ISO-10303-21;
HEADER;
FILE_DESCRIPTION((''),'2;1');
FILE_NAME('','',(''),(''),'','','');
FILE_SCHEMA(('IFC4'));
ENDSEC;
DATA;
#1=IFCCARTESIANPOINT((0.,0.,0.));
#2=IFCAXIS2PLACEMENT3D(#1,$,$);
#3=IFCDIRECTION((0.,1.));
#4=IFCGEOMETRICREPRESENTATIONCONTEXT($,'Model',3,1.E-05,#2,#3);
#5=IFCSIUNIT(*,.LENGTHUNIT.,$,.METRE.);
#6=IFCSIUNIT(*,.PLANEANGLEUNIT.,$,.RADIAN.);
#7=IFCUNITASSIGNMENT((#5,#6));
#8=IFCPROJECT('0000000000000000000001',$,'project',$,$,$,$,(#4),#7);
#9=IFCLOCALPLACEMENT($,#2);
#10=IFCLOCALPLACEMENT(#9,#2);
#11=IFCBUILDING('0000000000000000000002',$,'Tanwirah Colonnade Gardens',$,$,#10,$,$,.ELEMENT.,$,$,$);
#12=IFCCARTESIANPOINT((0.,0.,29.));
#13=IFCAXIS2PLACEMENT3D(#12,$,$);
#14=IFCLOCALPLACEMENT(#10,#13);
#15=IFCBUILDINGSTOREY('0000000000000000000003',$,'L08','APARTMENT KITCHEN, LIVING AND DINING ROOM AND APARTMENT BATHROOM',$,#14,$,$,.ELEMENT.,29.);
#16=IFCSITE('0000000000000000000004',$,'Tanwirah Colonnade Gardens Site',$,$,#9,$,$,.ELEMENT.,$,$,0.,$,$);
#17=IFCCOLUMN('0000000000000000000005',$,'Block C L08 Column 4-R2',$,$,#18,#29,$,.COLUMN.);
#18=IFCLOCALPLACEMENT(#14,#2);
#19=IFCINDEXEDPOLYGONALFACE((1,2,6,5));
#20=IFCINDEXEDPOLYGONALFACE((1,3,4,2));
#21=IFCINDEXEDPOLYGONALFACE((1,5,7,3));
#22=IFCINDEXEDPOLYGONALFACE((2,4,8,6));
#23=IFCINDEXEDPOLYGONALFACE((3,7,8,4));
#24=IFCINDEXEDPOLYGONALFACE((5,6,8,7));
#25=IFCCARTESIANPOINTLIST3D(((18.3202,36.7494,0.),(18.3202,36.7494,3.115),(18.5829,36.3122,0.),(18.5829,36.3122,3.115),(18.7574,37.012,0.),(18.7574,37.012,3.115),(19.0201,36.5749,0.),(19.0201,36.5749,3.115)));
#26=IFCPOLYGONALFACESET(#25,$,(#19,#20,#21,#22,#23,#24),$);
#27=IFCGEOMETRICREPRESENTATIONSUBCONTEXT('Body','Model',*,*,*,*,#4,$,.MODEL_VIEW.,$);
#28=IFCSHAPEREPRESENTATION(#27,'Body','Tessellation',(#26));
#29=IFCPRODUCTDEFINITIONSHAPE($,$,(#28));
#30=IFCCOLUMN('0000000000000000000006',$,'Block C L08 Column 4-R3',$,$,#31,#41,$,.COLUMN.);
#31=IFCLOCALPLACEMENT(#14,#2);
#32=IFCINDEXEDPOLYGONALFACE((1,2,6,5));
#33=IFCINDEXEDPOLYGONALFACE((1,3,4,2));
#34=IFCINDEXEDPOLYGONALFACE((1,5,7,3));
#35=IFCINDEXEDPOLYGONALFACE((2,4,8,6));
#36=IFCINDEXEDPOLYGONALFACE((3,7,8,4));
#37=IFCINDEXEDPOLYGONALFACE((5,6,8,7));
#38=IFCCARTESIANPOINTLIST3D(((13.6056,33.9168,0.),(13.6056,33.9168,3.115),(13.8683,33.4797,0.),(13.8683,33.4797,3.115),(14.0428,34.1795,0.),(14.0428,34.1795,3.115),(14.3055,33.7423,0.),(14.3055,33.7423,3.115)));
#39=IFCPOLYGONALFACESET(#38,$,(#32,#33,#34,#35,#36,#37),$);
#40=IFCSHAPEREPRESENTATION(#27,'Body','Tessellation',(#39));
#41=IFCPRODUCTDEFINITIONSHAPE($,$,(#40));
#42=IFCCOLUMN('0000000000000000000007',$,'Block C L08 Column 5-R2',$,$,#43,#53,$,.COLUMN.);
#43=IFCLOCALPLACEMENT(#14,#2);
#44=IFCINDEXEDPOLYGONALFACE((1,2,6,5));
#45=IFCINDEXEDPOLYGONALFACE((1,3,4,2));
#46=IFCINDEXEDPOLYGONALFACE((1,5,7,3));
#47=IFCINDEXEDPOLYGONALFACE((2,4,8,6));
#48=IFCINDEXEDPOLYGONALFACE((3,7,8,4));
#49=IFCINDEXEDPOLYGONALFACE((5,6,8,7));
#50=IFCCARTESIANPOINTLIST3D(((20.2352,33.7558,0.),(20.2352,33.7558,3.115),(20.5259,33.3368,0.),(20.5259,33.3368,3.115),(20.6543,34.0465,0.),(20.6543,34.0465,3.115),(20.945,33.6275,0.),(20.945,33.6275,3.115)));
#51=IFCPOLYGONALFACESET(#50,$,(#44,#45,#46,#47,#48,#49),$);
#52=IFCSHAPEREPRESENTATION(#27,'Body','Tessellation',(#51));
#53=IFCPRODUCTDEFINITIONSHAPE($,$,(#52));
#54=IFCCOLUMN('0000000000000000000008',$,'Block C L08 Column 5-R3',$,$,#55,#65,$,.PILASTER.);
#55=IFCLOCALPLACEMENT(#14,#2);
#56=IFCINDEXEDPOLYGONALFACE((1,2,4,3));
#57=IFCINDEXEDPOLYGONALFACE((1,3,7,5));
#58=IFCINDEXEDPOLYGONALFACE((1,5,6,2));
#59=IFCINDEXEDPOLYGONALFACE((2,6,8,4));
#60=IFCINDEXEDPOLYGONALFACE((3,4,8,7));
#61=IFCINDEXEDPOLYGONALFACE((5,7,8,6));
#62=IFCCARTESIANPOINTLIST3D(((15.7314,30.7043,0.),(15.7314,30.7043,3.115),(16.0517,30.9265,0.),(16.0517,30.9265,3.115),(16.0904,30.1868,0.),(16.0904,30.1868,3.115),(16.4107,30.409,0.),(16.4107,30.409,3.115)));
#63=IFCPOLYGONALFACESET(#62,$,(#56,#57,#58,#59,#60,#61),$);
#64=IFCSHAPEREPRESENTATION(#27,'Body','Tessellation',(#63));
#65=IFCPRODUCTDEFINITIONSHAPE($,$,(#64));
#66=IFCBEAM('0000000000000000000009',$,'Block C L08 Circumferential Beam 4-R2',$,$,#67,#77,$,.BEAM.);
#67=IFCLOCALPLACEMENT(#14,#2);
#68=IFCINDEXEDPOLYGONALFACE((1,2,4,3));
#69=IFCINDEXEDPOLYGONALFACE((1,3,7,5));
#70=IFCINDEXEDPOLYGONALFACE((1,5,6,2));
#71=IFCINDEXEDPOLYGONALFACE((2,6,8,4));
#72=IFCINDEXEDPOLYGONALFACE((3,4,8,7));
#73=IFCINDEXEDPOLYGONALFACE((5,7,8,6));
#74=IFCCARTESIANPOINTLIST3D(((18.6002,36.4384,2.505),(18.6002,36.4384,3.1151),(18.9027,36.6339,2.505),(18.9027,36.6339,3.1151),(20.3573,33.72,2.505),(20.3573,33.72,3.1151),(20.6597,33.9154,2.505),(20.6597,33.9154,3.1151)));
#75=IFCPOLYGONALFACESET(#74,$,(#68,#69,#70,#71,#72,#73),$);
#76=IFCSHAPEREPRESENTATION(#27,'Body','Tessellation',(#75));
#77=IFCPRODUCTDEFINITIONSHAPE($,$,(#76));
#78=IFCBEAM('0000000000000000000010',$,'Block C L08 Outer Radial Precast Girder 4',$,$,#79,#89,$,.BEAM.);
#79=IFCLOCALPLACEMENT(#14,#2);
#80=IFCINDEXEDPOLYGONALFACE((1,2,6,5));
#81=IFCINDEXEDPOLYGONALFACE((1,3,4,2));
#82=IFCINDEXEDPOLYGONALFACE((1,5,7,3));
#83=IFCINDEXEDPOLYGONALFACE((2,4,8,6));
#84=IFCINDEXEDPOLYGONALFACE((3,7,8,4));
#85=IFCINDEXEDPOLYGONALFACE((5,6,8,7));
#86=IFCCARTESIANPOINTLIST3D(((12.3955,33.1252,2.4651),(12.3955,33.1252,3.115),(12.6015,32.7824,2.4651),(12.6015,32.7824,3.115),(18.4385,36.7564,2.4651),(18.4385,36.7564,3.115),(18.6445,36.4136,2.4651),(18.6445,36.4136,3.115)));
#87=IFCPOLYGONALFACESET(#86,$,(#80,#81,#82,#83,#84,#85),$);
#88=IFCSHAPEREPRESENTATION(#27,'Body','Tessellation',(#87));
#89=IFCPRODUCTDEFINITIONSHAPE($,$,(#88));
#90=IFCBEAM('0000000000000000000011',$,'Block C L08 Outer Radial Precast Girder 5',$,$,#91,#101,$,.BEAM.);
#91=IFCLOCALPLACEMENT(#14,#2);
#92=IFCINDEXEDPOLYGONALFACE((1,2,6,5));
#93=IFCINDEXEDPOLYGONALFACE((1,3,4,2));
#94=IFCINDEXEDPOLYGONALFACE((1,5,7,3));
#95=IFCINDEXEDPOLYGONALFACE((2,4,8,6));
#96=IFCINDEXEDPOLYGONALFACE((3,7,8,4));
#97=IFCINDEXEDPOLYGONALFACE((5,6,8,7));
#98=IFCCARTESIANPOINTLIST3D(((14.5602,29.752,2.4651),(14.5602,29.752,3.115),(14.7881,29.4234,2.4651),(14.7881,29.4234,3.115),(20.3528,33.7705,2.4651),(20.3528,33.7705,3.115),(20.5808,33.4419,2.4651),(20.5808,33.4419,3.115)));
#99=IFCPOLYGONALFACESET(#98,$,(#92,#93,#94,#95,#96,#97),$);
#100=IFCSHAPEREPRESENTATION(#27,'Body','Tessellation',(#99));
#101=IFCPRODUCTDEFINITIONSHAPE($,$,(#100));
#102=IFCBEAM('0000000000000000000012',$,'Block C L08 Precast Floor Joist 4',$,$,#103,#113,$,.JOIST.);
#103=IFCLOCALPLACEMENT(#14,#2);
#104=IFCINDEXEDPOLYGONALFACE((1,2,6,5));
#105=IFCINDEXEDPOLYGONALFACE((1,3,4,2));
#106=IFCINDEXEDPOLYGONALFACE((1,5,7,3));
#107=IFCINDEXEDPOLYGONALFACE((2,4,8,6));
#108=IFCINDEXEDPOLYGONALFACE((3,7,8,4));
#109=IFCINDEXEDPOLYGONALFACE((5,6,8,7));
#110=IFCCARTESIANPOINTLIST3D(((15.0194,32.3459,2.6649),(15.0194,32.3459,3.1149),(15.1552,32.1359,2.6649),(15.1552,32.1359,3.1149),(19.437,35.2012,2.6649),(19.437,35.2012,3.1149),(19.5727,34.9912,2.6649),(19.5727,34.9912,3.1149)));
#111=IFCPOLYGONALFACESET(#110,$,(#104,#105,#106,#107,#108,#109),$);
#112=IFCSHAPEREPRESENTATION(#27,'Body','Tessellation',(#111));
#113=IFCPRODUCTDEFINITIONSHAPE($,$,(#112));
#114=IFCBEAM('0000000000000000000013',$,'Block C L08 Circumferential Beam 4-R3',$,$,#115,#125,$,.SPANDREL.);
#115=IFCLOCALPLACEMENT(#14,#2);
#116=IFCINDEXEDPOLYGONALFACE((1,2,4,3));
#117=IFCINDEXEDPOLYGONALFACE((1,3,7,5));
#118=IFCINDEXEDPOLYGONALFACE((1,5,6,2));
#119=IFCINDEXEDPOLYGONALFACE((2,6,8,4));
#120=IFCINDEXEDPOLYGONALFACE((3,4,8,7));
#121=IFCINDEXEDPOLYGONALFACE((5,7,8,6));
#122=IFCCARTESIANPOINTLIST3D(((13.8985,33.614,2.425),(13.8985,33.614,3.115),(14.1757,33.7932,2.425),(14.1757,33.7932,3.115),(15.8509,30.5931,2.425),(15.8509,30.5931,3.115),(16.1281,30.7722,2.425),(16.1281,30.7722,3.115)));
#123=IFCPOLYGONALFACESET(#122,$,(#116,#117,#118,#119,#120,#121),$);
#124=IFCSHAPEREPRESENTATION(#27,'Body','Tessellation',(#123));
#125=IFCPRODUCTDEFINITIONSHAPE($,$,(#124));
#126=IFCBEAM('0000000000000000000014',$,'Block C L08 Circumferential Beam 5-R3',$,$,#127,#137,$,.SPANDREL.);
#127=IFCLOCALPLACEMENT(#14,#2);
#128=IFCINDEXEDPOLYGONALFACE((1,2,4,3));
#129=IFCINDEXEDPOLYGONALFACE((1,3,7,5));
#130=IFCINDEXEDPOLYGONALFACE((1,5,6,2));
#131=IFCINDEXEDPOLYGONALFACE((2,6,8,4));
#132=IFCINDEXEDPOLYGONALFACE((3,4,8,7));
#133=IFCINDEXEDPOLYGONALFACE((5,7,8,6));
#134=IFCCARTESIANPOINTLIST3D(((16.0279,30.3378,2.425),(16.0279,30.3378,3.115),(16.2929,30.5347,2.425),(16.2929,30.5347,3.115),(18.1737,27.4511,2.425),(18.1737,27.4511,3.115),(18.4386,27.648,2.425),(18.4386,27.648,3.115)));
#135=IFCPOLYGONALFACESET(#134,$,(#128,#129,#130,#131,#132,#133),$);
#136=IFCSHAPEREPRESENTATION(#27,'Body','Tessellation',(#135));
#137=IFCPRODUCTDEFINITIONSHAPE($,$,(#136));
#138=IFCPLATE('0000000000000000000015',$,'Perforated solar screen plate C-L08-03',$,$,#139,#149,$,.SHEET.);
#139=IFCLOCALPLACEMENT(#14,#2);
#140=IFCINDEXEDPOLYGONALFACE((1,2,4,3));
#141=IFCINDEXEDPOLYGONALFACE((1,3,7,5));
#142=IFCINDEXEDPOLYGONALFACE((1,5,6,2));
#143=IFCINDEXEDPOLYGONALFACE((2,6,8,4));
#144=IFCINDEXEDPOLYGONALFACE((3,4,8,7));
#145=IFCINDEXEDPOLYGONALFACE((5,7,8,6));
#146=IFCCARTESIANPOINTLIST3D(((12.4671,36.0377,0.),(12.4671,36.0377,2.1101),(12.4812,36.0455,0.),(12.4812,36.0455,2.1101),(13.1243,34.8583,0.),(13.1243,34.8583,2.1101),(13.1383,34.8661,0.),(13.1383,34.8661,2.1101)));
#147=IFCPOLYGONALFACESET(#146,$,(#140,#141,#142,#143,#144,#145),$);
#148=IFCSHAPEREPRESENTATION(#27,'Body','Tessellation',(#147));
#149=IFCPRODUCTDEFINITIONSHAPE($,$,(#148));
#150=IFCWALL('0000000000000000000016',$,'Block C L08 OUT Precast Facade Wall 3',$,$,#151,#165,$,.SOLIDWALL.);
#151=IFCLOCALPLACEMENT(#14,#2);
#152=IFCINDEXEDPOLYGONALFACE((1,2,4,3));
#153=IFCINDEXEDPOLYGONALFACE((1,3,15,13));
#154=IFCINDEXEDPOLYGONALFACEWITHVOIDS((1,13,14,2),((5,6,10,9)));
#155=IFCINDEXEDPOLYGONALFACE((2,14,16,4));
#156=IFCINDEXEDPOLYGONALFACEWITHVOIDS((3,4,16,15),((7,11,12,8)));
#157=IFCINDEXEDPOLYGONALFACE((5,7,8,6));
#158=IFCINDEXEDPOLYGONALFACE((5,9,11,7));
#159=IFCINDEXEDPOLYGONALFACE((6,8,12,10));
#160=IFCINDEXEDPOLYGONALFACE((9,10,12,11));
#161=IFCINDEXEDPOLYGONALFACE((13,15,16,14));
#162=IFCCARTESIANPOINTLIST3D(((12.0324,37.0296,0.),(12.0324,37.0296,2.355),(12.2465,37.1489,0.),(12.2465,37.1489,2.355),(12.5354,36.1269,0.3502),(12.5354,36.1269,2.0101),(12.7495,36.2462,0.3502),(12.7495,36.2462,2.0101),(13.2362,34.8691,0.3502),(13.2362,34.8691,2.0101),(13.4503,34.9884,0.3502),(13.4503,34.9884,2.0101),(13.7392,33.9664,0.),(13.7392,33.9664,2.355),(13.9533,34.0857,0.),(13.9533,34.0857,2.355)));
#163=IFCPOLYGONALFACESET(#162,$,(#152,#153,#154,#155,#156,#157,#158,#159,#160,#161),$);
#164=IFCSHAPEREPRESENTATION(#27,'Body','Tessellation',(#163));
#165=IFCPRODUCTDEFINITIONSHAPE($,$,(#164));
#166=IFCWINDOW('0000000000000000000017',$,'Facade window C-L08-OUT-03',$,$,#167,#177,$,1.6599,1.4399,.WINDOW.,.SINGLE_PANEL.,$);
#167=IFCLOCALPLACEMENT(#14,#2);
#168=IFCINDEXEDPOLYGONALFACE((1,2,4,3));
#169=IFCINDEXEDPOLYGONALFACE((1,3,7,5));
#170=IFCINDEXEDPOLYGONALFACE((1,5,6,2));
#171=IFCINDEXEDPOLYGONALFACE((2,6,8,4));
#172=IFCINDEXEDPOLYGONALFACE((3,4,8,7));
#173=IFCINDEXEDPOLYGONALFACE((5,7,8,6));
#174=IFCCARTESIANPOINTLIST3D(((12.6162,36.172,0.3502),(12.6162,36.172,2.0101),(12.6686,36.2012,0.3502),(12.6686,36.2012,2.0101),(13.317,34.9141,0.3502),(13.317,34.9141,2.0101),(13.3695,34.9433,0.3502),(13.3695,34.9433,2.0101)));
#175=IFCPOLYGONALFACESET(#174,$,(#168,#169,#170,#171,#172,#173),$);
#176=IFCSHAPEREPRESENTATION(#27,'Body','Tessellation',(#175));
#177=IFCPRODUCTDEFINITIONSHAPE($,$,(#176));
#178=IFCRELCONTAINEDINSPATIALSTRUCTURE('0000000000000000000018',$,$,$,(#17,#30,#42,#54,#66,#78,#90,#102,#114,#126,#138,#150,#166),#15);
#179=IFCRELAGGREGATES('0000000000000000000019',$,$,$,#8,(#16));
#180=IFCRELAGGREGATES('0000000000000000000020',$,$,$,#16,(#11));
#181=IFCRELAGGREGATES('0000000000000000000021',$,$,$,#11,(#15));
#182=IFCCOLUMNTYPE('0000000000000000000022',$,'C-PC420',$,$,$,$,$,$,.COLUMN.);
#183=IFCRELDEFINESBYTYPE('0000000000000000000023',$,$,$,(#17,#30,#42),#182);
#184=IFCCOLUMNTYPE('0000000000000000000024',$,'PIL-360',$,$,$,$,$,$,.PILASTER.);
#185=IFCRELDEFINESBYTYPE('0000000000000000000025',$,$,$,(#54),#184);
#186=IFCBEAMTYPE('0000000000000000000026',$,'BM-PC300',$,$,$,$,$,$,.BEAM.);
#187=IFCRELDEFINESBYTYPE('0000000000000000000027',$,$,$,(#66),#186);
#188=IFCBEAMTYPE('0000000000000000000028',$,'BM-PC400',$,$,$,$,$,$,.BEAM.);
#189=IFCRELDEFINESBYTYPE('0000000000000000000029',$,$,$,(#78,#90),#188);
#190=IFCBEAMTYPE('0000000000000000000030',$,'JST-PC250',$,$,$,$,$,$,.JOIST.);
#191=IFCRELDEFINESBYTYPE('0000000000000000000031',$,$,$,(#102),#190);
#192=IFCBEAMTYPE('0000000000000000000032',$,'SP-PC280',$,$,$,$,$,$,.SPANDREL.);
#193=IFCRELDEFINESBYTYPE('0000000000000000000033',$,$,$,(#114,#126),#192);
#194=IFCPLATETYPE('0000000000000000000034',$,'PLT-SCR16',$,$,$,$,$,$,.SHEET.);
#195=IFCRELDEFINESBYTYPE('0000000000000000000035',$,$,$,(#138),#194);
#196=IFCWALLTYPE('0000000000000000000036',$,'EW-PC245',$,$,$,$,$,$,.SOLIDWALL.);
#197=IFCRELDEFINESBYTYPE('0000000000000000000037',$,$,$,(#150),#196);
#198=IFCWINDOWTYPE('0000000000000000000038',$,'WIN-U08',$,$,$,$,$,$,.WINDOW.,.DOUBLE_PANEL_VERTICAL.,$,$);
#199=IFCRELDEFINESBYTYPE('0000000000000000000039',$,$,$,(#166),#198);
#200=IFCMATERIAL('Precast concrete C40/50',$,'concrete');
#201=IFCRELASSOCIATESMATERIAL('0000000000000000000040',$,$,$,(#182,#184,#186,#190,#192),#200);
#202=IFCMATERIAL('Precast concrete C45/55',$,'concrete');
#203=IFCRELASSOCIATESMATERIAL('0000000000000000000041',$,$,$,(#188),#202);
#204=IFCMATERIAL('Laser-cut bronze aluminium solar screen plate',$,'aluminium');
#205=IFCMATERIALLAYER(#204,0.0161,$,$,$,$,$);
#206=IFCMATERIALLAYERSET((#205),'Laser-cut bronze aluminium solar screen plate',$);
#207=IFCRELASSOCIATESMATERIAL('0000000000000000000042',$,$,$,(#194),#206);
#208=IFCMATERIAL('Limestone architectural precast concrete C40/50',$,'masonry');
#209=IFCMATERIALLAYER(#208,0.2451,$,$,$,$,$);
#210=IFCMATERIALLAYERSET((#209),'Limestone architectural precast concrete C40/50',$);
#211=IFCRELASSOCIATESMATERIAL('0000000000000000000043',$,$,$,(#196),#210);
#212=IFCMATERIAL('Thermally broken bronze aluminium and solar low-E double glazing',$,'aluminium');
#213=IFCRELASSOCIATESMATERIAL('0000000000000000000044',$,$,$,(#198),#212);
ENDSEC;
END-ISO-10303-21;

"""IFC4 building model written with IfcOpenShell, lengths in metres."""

from ifc_helpers import new_model, si_unit, direction, frame, frame_2d, origin, origin_2d, place, context, subcontext, project, spatial, rectangle, extrude, material, layer, layer_set, material_profile, profile_set, type_object, element, fill, save


model = new_model("IFC4")

# Units and contexts
model_context = context("Model", 3, precision=1e-05, world=origin(), true_north=direction((0.0, 1.0)))
body_context = subcontext(model_context, "Body", "Model", "MODEL_VIEW")
ifc_project = project(units=[si_unit("LENGTHUNIT", "METRE"), si_unit("PLANEANGLEUNIT", "RADIAN")], contexts=[model_context])

# Site, building, storey
site_placement = place(None, origin())
site = spatial("IfcSite", under=ifc_project, at=site_placement, Name="Tanwirah Colonnade Gardens Site", CompositionType="ELEMENT", RefElevation=0.0)
building_placement = place(site_placement, origin())
building = spatial("IfcBuilding", under=site, at=building_placement, Name="Tanwirah Colonnade Gardens", CompositionType="ELEMENT")
storey_placement = place(building_placement, frame((0.0, 0.0, 29.0)))
storey = spatial("IfcBuildingStorey", under=building, at=storey_placement, Name="L08", Description="APARTMENT KITCHEN, LIVING AND DINING ROOM AND APARTMENT BATHROOM", CompositionType="ELEMENT", Elevation=29.0)

# Columns
ifc_material_1 = material(Name="Precast concrete C40/50", Category="concrete")
ifc_material_profile_1 = material_profile(ifc_material_1, rectangle(XDim=0.51, YDim=0.51, at=origin_2d()), Name="PC-COL 510x510")
ifc_profile_set_1 = profile_set([ifc_material_profile_1], Name="Precast concrete C40/50")
column_type_1 = type_object("IfcColumnType", Name="C-PC420", PredefinedType="COLUMN", material=ifc_profile_set_1)
for number, where, z_axis, x_axis, name in (
    (1, (18.6702, 36.6621, 0.0), (0.0, 0.0, 1.0), (-0.857167, -0.515038, 0.0), "Block C L08 Column 4-R2"),
    (2, (13.9556, 33.8296, 0.0), (0.0, 0.0, 1.0), (-0.857167, -0.515038, 0.0), "Block C L08 Column 4-R3"),
    (3, (20.5901, 33.6917, 0.0), (0.0, 0.0, 1.0), (-0.821647, -0.569997, 0.0), "Block C L08 Column 5-R2"),
):
    element("IfcColumn", number, at=place(storey_placement, frame(where, z_axis=z_axis, x_axis=x_axis)), inside=storey, type_object=column_type_1, Name=name, PredefinedType="COLUMN", context=body_context, shape_type="SweptSolid", body=[
        extrude(rectangle(XDim=0.51, YDim=0.51, at=origin_2d()), origin(), (0.0, 0.0, 1.0), 3.115),
    ])
ifc_material_profile_2 = material_profile(ifc_material_1, rectangle(XDim=0.3899, YDim=0.6299, at=origin_2d()), Name="PC-PIL 390x630")
ifc_profile_set_2 = profile_set([ifc_material_profile_2], Name="Precast concrete C40/50")
column_type_2 = type_object("IfcColumnType", Name="PIL-360", PredefinedType="PILASTER", material=ifc_profile_set_2)
column_placement = place(storey_placement, frame((16.071, 30.5566, 0.0), z_axis=(0.0, 0.0, 1.0), x_axis=(-0.821647, -0.569997, 0.0)))
element("IfcColumn", 4, at=column_placement, inside=storey, type_object=column_type_2, Name="Block C L08 Column 5-R3", PredefinedType="PILASTER", context=body_context, shape_type="SweptSolid", body=[
    extrude(rectangle(XDim=0.3899, YDim=0.6299, at=origin_2d()), origin(), (0.0, 0.0, 1.0), 3.115),
])

# Beams
ifc_material_profile_3 = material_profile(ifc_material_1, rectangle(XDim=0.3601, YDim=0.6101, at=origin_2d()), Name="PC-BM 360x610")
ifc_profile_set_3 = profile_set([ifc_material_profile_3], Name="Precast concrete C40/50")
beam_type_1 = type_object("IfcBeamType", Name="BM-PC300", PredefinedType="BEAM", material=ifc_profile_set_3)
beam_1_placement = place(storey_placement, frame((18.7515, 36.5361, 2.8101), z_axis=(0.542826, -0.839845, 0.0), x_axis=(0.839845, 0.542826, 0.0)))
element("IfcBeam", 5, at=beam_1_placement, inside=storey, type_object=beam_type_1, Name="Block C L08 Circumferential Beam 4-R2", PredefinedType="BEAM", context=body_context, shape_type="SweptSolid", body=[
    extrude(rectangle(XDim=0.3601, YDim=0.6101, at=origin_2d()), origin(), (0.0, 0.0, 1.0), 3.2368),
])
ifc_material_2 = material(Name="Precast concrete C45/55", Category="concrete")
ifc_material_profile_4 = material_profile(ifc_material_2, rectangle(XDim=0.3999, YDim=0.6499, at=origin_2d()), Name="PC-BM 400x650")
ifc_profile_set_4 = profile_set([ifc_material_profile_4], Name="Precast concrete C45/55")
beam_type_2 = type_object("IfcBeamType", Name="BM-PC400", PredefinedType="BEAM", material=ifc_profile_set_4)
for number, where, z_axis, x_axis, name in (
    (6, (18.5415, 36.585, 2.79), (-0.85716, -0.515051, 0.0), (0.515051, -0.85716, 0.0), "Block C L08 Outer Radial Precast Girder 4"),
    (7, (20.4668, 33.6062, 2.79), (-0.821647, -0.569997, 0.0), (0.569997, -0.821647, 0.0), "Block C L08 Outer Radial Precast Girder 5"),
):
    element("IfcBeam", number, at=place(storey_placement, frame(where, z_axis=z_axis, x_axis=x_axis)), inside=storey, type_object=beam_type_2, Name=name, PredefinedType="BEAM", context=body_context, shape_type="SweptSolid", body=[
        extrude(rectangle(XDim=0.3999, YDim=0.6499, at=origin_2d()), origin(), (0.0, 0.0, 1.0), 7.05),
    ])
ifc_material_profile_5 = material_profile(ifc_material_1, rectangle(XDim=0.25, YDim=0.45, at=origin_2d()), Name="PC-JST 250x450")
ifc_profile_set_5 = profile_set([ifc_material_profile_5], Name="Precast concrete C40/50")
beam_type_3 = type_object("IfcBeamType", Name="JST-PC250", PredefinedType="JOIST", material=ifc_profile_set_5)
beam_2_placement = place(storey_placement, frame((19.5049, 35.0962, 2.8899), z_axis=(-0.839843, -0.54283, 0.0), x_axis=(0.54283, -0.839843, 0.0)))
element("IfcBeam", 8, at=beam_2_placement, inside=storey, type_object=beam_type_3, Name="Block C L08 Precast Floor Joist 4", PredefinedType="JOIST", context=body_context, shape_type="SweptSolid", body=[
    extrude(rectangle(XDim=0.25, YDim=0.45, at=origin_2d()), origin(), (0.0, 0.0, 1.0), 5.26),
])
ifc_material_profile_6 = material_profile(ifc_material_1, rectangle(XDim=0.3301, YDim=0.6899, at=origin_2d()), Name="PC-SP 330x690")
ifc_profile_set_6 = profile_set([ifc_material_profile_6], Name="Precast concrete C40/50")
beam_type_4 = type_object("IfcBeamType", Name="SP-PC280", PredefinedType="SPANDREL", material=ifc_profile_set_6)
for number, where, z_axis, x_axis, name in (
    (9, (14.0371, 33.7036, 2.77), (0.542787, -0.83987, 0.0), (0.83987, 0.542787, 0.0), "Block C L08 Circumferential Beam 4-R3"),
    (10, (16.1604, 30.4363, 2.77), (0.596563, -0.802566, 0.0), (0.802566, 0.596563, 0.0), "Block C L08 Circumferential Beam 5-R3"),
):
    element("IfcBeam", number, at=place(storey_placement, frame(where, z_axis=z_axis, x_axis=x_axis)), inside=storey, type_object=beam_type_4, Name=name, PredefinedType="SPANDREL", context=body_context, shape_type="SweptSolid", body=[
        extrude(rectangle(XDim=0.3301, YDim=0.6899, at=origin_2d()), origin(), (0.0, 0.0, 1.0), 3.5969),
    ])

# Plate
ifc_material_3 = material(Name="Laser-cut bronze aluminium solar screen plate", Category="aluminium")
ifc_layer_1 = layer(ifc_material_3, 0.0161)
ifc_layer_set_1 = layer_set([ifc_layer_1], Name="Laser-cut bronze aluminium solar screen plate")
plate_type = type_object("IfcPlateType", Name="PLT-SCR16", PredefinedType="SHEET", material=ifc_layer_set_1)
plate_placement = place(storey_placement, frame((12.8027, 35.4519, 0.0), z_axis=(0.0, 0.0, 1.0), x_axis=(0.486717, -0.87356, 0.0)))
element("IfcPlate", 11, at=plate_placement, inside=storey, type_object=plate_type, Name="Perforated solar screen plate C-L08-03", PredefinedType="SHEET", context=body_context, shape_type="SweptSolid", body=[
    extrude(rectangle(XDim=1.3501, YDim=0.0161, at=origin_2d()), origin(), (0.0, 0.0, 1.0), 2.1101),
])

# Wall, opening, window
ifc_material_4 = material(Name="Limestone architectural precast concrete C40/50", Category="masonry")
ifc_layer_2 = layer(ifc_material_4, 0.2451)
ifc_layer_set_2 = layer_set([ifc_layer_2], Name="Limestone architectural precast concrete C40/50")
wall_type_1 = type_object("IfcWallType", Name="EW-PC245", PredefinedType="SOLIDWALL", material=ifc_layer_set_2)
wall_1_placement = place(storey_placement, frame((12.1394, 37.0894, 0.0), z_axis=(0.0, 0.0, 1.0), x_axis=(0.48673, -0.873552, 0.0)))
wall_1 = element("IfcWall", 12, at=wall_1_placement, inside=storey, type_object=wall_type_1, Name="Block C L08 OUT Precast Facade Wall 3", PredefinedType="SOLIDWALL", context=body_context, shape_type="SweptSolid", body=[
    extrude(rectangle(XDim=3.5066, YDim=0.2451, at=frame_2d((1.7534, 0.0))), origin(), (0.0, 0.0, 1.0), 2.355),
])
opening_1_placement = place(wall_1_placement, frame((1.0334, 0.0, 0.3501)))
opening_1 = element("IfcOpeningElement", 13, at=opening_1_placement, cuts=wall_1, PredefinedType="OPENING", context=body_context, shape_type="SweptSolid", body=[
    extrude(rectangle(XDim=1.4399, YDim=1.6599, at=frame_2d((0.72, 0.8301))), frame((0.0, 0.1326, 0.0), z_axis=(0.0, -1.0, 0.0), x_axis=(1.0, 0.0, 0.0)), (0.0, 0.0, 1.0), 0.2651),
])
ifc_material_5 = material(Name="Thermally broken bronze aluminium and solar low-E double glazing", Category="aluminium")
window_type_1 = type_object("IfcWindowType", Name="WIN-U08", PartitioningType="DOUBLE_PANEL_VERTICAL", PredefinedType="WINDOW", material=ifc_material_5)
window_1_placement = place(opening_1_placement, origin())
window_1 = element("IfcWindow", 14, at=window_1_placement, inside=storey, type_object=window_type_1, Name="Facade window C-L08-OUT-03", OverallHeight=1.6599, OverallWidth=1.4399, PartitioningType="SINGLE_PANEL", PredefinedType="WINDOW", context=body_context, shape_type="SweptSolid", body=[
    extrude(rectangle(XDim=1.4399, YDim=1.6599, at=frame_2d((0.72, 0.8301))), frame((0.0, 0.03, 0.0), z_axis=(0.0, -1.0, 0.0), x_axis=(1.0, 0.0, 0.0)), (0.0, 0.0, 1.0), 0.0601),
])
fill(opening_1, window_1)

save(model, "model.ifc")
